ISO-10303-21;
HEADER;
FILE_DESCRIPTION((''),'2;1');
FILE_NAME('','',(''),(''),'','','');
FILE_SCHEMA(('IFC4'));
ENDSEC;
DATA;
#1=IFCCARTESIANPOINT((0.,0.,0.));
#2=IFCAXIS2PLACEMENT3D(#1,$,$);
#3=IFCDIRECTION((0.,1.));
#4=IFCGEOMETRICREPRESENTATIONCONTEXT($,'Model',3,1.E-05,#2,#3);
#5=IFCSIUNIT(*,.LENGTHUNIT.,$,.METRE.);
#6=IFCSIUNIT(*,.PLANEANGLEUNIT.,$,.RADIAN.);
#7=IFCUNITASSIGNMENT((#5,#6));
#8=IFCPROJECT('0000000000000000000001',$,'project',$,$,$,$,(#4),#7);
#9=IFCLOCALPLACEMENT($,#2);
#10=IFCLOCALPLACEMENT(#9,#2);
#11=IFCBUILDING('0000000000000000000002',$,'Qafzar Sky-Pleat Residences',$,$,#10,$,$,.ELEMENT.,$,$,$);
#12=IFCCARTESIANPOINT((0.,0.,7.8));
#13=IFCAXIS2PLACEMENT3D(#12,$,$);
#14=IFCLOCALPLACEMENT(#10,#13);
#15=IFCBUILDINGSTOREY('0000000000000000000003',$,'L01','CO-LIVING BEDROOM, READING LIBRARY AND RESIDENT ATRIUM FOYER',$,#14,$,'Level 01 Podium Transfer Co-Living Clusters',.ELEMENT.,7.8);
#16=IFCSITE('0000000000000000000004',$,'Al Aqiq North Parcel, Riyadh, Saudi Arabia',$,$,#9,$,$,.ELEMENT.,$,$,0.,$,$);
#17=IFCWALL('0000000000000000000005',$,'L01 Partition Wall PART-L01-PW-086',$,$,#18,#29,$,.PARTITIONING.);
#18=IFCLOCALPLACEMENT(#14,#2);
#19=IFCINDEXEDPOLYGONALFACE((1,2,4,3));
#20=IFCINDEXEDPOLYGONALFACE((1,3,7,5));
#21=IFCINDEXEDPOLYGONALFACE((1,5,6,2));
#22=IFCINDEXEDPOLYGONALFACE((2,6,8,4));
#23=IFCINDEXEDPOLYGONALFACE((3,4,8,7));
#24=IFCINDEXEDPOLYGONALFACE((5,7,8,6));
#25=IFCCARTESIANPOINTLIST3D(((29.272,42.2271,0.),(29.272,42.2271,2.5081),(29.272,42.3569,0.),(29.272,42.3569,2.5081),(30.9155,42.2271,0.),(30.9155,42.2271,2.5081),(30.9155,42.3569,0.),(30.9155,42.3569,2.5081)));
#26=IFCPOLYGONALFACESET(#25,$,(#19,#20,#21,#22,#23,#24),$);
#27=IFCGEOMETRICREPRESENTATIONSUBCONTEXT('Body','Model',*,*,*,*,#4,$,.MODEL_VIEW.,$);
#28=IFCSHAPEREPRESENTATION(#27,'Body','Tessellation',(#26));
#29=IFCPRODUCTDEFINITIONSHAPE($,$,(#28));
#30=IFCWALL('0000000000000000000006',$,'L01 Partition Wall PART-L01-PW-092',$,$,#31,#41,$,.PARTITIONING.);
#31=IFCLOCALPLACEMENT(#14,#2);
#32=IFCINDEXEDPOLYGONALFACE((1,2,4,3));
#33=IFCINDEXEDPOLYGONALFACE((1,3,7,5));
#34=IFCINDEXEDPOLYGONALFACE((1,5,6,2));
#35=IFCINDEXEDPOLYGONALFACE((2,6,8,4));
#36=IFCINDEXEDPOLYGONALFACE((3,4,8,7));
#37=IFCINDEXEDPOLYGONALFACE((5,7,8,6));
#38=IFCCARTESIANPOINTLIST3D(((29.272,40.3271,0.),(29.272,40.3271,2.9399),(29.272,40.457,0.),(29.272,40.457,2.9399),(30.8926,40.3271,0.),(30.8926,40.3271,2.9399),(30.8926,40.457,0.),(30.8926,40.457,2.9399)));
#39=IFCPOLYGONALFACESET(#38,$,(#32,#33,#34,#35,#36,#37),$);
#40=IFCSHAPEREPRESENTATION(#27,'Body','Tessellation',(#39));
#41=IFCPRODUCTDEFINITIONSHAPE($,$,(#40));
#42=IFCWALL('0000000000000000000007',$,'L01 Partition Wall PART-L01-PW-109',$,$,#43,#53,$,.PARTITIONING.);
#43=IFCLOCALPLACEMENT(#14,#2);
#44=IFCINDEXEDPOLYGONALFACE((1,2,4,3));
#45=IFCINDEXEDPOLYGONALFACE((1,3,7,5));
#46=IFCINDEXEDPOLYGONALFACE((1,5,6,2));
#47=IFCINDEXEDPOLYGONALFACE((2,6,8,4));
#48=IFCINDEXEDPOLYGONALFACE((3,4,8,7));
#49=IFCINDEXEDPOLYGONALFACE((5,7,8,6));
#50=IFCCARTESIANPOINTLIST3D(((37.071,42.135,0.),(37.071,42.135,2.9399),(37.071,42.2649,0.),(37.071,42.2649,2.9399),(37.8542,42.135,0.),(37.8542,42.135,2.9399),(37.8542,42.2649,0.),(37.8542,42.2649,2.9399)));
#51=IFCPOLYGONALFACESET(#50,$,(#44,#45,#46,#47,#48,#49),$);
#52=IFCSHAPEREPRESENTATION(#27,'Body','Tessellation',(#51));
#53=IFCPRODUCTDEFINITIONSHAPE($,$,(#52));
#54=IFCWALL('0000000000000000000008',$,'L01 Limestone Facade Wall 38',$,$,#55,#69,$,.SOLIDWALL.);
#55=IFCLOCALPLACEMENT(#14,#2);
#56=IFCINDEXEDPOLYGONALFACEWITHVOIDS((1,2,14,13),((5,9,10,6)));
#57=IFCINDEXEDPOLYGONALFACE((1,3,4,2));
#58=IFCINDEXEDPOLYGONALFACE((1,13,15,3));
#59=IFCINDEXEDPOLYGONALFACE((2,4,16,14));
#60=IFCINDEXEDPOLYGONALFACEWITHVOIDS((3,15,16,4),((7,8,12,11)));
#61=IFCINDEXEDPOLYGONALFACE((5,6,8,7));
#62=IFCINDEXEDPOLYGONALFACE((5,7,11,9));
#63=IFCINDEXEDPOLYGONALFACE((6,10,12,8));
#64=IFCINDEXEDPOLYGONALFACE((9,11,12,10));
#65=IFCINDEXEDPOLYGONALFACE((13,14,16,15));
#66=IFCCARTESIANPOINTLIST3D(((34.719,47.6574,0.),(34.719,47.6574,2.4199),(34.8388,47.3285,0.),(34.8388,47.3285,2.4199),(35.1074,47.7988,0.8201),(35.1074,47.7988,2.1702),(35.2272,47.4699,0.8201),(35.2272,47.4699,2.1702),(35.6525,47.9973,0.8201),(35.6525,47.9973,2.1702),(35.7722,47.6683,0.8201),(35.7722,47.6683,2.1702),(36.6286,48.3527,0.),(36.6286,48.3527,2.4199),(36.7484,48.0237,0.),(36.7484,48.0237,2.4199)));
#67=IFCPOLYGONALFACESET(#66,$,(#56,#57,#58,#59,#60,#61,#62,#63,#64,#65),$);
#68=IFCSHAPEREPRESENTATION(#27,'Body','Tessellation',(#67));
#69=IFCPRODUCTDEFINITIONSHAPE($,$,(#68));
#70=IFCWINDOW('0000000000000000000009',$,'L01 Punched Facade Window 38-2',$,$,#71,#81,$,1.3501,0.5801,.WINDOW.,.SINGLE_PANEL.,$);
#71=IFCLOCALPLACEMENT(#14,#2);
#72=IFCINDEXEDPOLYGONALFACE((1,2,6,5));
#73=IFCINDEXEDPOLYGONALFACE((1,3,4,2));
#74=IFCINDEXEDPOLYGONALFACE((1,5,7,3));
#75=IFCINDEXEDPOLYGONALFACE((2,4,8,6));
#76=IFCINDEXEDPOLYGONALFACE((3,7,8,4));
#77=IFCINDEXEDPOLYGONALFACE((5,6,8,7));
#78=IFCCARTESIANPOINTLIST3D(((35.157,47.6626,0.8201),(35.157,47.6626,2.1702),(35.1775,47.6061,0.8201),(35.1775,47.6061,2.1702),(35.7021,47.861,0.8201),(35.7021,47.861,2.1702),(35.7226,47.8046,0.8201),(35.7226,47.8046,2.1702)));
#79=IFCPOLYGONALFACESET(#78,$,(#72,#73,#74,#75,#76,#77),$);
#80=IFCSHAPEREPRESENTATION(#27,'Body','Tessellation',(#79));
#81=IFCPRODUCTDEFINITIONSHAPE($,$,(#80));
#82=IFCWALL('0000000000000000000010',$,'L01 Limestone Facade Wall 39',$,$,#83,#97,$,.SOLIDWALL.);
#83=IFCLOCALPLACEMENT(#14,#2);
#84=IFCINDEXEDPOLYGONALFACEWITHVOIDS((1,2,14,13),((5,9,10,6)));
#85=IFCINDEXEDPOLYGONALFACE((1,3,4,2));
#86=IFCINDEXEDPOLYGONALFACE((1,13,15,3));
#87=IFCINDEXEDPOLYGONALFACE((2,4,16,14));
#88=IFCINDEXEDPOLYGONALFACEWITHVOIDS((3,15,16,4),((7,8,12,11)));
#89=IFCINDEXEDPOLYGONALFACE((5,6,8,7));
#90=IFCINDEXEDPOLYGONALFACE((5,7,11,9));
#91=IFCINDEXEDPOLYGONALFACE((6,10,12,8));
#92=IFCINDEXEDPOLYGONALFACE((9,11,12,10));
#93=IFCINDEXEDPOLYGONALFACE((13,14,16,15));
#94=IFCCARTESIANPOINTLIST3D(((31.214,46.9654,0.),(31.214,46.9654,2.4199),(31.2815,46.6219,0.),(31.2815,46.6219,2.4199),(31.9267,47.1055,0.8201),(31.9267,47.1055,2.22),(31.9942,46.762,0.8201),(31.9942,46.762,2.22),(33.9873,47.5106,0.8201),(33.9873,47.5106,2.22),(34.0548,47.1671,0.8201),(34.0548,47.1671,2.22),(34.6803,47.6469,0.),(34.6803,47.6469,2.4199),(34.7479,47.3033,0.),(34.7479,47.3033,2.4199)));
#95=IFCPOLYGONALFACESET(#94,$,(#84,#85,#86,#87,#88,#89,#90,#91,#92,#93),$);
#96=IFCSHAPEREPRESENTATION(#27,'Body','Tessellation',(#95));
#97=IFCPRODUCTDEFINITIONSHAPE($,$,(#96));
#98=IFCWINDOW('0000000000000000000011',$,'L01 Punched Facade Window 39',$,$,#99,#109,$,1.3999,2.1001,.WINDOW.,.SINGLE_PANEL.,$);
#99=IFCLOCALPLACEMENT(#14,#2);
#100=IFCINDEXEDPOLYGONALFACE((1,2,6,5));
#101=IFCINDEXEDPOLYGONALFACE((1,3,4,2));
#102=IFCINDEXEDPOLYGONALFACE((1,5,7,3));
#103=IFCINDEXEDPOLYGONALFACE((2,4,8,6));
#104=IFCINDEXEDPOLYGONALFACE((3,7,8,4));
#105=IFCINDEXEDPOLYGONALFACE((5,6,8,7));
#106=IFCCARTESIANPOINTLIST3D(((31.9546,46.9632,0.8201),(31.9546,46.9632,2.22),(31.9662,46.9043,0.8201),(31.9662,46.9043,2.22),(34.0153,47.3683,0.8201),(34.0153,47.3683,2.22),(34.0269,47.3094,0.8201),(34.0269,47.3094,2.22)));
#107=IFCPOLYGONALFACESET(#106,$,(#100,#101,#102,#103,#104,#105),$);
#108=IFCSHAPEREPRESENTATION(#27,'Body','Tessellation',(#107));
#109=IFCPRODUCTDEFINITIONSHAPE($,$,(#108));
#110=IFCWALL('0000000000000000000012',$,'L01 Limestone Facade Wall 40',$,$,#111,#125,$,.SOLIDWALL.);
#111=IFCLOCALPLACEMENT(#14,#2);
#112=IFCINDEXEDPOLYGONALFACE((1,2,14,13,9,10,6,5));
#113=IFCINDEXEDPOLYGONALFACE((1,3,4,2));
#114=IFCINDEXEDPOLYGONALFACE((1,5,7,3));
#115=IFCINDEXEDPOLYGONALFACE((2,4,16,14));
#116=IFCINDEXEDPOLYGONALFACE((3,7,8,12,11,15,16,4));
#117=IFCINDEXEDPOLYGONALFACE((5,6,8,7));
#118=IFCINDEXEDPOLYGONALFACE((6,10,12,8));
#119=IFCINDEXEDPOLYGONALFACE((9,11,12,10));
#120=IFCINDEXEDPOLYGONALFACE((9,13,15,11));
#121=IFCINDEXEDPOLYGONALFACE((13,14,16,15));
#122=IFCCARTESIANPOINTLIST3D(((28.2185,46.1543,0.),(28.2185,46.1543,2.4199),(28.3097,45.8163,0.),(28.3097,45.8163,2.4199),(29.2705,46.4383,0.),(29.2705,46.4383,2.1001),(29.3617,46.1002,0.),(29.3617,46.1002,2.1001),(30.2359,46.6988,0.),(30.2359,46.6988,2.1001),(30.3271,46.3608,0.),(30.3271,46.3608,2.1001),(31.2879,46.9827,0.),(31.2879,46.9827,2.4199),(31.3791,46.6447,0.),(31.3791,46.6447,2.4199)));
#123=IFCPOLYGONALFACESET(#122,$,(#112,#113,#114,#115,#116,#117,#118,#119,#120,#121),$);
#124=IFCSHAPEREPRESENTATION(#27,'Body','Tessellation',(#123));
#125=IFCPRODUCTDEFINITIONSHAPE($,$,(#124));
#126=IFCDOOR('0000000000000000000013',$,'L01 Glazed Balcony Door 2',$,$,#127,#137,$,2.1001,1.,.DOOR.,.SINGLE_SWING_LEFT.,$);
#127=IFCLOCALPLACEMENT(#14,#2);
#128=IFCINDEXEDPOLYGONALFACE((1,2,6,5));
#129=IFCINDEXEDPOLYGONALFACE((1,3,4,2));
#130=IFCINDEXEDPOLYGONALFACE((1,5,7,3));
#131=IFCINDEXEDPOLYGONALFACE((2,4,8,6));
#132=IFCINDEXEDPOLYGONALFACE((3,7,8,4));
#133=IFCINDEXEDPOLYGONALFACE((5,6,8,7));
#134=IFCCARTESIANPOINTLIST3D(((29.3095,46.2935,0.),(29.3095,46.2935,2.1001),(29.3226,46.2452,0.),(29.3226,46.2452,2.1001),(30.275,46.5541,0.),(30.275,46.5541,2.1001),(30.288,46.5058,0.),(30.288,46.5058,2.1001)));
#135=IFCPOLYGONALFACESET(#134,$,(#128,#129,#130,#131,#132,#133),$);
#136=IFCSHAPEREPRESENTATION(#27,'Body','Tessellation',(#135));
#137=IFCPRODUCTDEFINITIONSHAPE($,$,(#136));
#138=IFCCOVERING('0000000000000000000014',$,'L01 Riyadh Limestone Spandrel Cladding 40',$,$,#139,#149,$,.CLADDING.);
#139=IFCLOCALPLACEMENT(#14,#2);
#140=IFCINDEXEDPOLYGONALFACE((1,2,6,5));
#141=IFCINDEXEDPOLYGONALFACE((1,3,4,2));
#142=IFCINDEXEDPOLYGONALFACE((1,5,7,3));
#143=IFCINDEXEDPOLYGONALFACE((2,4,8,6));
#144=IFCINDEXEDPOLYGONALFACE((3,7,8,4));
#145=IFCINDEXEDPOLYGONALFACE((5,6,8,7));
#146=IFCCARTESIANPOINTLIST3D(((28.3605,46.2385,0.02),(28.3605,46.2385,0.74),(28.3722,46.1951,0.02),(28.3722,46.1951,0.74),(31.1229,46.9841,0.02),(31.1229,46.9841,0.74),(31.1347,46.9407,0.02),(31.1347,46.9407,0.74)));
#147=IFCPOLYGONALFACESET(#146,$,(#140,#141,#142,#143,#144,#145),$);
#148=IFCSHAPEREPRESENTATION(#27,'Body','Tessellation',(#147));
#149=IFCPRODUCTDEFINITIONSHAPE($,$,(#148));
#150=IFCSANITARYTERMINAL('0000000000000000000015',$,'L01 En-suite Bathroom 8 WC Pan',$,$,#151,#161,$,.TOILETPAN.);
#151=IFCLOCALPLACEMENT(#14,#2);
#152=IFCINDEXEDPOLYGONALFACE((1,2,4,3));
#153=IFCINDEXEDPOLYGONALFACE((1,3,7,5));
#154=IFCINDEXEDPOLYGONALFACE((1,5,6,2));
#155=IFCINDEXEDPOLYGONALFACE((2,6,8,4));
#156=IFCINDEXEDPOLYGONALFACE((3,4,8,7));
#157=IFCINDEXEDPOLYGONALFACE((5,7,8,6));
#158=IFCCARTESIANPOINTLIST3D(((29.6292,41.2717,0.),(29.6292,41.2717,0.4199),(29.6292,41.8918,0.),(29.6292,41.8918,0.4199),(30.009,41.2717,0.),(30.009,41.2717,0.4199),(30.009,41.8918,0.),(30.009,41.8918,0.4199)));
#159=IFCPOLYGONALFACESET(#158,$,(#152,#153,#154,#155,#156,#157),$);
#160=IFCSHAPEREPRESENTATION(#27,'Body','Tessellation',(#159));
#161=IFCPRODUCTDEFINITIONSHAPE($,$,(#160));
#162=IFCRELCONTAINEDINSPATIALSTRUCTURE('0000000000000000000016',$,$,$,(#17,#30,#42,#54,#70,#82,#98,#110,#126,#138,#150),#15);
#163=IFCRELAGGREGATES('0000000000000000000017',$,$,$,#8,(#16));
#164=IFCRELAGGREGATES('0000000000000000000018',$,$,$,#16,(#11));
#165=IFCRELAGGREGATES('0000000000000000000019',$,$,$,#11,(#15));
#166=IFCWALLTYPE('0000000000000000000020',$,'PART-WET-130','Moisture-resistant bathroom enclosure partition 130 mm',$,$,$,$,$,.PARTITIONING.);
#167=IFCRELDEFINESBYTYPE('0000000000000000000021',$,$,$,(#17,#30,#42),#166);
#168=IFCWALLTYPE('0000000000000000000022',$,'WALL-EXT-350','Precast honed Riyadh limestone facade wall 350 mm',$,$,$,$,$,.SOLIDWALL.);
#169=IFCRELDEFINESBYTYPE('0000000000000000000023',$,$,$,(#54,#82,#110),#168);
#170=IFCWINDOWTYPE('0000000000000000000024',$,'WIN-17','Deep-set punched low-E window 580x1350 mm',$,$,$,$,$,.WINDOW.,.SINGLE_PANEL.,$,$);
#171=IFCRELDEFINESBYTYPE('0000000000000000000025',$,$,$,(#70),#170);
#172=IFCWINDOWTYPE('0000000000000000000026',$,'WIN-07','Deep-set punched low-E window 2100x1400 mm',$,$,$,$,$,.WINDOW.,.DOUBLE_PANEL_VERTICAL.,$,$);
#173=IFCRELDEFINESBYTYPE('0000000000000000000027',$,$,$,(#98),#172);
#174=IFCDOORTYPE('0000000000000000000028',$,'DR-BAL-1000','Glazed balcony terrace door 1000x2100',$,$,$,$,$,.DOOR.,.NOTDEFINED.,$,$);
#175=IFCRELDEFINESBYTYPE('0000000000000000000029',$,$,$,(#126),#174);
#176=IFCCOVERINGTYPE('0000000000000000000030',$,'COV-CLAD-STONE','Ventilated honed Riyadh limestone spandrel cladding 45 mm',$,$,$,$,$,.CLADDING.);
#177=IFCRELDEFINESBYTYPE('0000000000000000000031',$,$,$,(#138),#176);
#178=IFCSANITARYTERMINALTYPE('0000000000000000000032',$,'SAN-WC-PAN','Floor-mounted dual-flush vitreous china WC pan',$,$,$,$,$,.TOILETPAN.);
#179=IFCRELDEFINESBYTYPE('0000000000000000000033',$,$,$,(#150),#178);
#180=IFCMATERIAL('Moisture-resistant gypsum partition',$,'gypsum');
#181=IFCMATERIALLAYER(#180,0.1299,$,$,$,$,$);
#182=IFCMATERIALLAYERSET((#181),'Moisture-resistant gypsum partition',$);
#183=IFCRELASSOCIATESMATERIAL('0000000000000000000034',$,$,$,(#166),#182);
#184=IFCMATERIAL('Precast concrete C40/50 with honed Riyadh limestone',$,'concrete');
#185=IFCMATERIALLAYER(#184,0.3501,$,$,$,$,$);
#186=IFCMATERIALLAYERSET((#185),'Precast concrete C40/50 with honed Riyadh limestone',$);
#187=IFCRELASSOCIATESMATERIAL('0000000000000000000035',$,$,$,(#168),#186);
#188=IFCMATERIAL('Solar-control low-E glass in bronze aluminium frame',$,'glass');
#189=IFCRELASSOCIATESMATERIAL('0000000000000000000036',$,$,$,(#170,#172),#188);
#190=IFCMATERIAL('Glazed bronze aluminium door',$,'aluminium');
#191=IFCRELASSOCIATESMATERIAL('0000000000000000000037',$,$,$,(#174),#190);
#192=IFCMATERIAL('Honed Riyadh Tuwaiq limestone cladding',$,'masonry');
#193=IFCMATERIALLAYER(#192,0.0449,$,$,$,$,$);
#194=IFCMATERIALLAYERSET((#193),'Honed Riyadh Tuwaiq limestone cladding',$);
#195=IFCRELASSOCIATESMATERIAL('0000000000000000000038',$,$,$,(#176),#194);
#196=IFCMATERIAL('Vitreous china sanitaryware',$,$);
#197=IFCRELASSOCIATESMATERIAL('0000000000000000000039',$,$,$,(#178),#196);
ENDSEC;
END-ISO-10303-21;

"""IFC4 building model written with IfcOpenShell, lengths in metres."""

from ifc_helpers import new_model, si_unit, direction, frame, frame_2d, origin, origin_2d, place, context, subcontext, project, spatial, rectangle, extrude, source, transform, mapped, material, layer, layer_set, type_object, element, fill, save


model = new_model("IFC4")

# Units and contexts
model_context = context("Model", 3, precision=1e-05, world=origin(), true_north=direction((0.0, 1.0)))
body_context = subcontext(model_context, "Body", "Model", "MODEL_VIEW")
ifc_project = project(units=[si_unit("LENGTHUNIT", "METRE"), si_unit("PLANEANGLEUNIT", "RADIAN")], contexts=[model_context])

# Site, building, storey
site_placement = place(None, origin())
site = spatial("IfcSite", under=ifc_project, at=site_placement, Name="Al Aqiq North Parcel, Riyadh, Saudi Arabia", CompositionType="ELEMENT", RefElevation=0.0)
building_placement = place(site_placement, origin())
building = spatial("IfcBuilding", under=site, at=building_placement, Name="Qafzar Sky-Pleat Residences", CompositionType="ELEMENT")
storey_placement = place(building_placement, frame((0.0, 0.0, 7.8)))
storey = spatial("IfcBuildingStorey", under=building, at=storey_placement, Name="L01", Description="CO-LIVING BEDROOM, READING LIBRARY AND RESIDENT ATRIUM FOYER", LongName="Level 01 Podium Transfer Co-Living Clusters", CompositionType="ELEMENT", Elevation=7.8)

# Shared definitions
ifc_material_1 = material(Name="Moisture-resistant gypsum partition", Category="gypsum")
ifc_layer_1 = layer(ifc_material_1, 0.1299)
ifc_layer_set_1 = layer_set([ifc_layer_1], Name="Moisture-resistant gypsum partition")
wall_type_1 = type_object("IfcWallType", Name="PART-WET-130", Description="Moisture-resistant bathroom enclosure partition 130 mm", PredefinedType="PARTITIONING", material=ifc_layer_set_1)

# Walls
wall_1_placement = place(storey_placement, frame((29.272, 42.292, 0.0), z_axis=(0.0, 0.0, 1.0), x_axis=(1.0, 0.0, 0.0)))
element("IfcWall", 1, at=wall_1_placement, inside=storey, type_object=wall_type_1, Name="L01 Partition Wall PART-L01-PW-086", PredefinedType="PARTITIONING", context=body_context, shape_type="SweptSolid", body=[
    extrude(rectangle(XDim=1.6436, YDim=0.1299, at=frame_2d((0.8218, 0.0))), origin(), (0.0, 0.0, 1.0), 2.5081),
])
wall_2_placement = place(storey_placement, frame((29.272, 40.3921, 0.0), z_axis=(0.0, 0.0, 1.0), x_axis=(1.0, 0.0, 0.0)))
element("IfcWall", 2, at=wall_2_placement, inside=storey, type_object=wall_type_1, Name="L01 Partition Wall PART-L01-PW-092", PredefinedType="PARTITIONING", context=body_context, shape_type="SweptSolid", body=[
    extrude(rectangle(XDim=1.6206, YDim=0.1299, at=frame_2d((0.8103, 0.0))), origin(), (0.0, 0.0, 1.0), 2.9399),
])
wall_3_placement = place(storey_placement, frame((37.071, 42.2, 0.0), z_axis=(0.0, 0.0, 1.0), x_axis=(1.0, 0.0, 0.0)))
element("IfcWall", 3, at=wall_3_placement, inside=storey, type_object=wall_type_1, Name="L01 Partition Wall PART-L01-PW-109", PredefinedType="PARTITIONING", context=body_context, shape_type="SweptSolid", body=[
    extrude(rectangle(XDim=0.7832, YDim=0.1299, at=frame_2d((0.3916, 0.0))), origin(), (0.0, 0.0, 1.0), 2.9399),
])

# Walls, openings, windows
ifc_material_2 = material(Name="Precast concrete C40/50 with honed Riyadh limestone", Category="concrete")
ifc_layer_2 = layer(ifc_material_2, 0.3501)
ifc_layer_set_2 = layer_set([ifc_layer_2], Name="Precast concrete C40/50 with honed Riyadh limestone")
wall_type_2 = type_object("IfcWallType", Name="WALL-EXT-350", Description="Precast honed Riyadh limestone facade wall 350 mm", PredefinedType="SOLIDWALL", material=ifc_layer_set_2)
wall_4_placement = place(storey_placement, frame((36.6885, 48.1882, 0.0), z_axis=(0.0, 0.0, 1.0), x_axis=(-0.939653, -0.342129, 0.0)))
wall_4 = element("IfcWall", 4, at=wall_4_placement, inside=storey, type_object=wall_type_2, Name="L01 Limestone Facade Wall 38", PredefinedType="SOLIDWALL", context=body_context, shape_type="SweptSolid", body=[
    extrude(rectangle(XDim=2.0322, YDim=0.3501, at=frame_2d((1.0161, 0.0))), origin(), (0.0, 0.0, 1.0), 2.4199),
])
opening_1_placement = place(wall_4_placement, frame((1.0388, 0.0, 0.8201)))
opening_1 = element("IfcOpeningElement", 5, at=opening_1_placement, cuts=wall_4, PredefinedType="OPENING", context=body_context, shape_type="SweptSolid", body=[
    extrude(rectangle(XDim=0.5801, YDim=1.3501, at=frame_2d((0.29, 0.675))), frame((0.0, 0.1851, 0.0), z_axis=(0.0, -1.0, 0.0), x_axis=(1.0, 0.0, 0.0)), (0.0, 0.0, 1.0), 0.3701),
])
ifc_material_3 = material(Name="Solar-control low-E glass in bronze aluminium frame", Category="glass")
window_type_1 = type_object("IfcWindowType", Name="WIN-17", Description="Deep-set punched low-E window 580x1350 mm", PartitioningType="SINGLE_PANEL", PredefinedType="WINDOW", material=ifc_material_3)
shared_shape_1 = source(origin(), body_context, "Body", "SweptSolid", [
    extrude(rectangle(XDim=0.5801, YDim=1.3501, at=frame_2d((0.29, 0.675))), frame((0.0, 0.03, 0.0), z_axis=(0.0, -1.0, 0.0), x_axis=(1.0, 0.0, 0.0)), (0.0, 0.0, 1.0), 0.0601),
])
window_1_placement = place(opening_1_placement, origin())
window_1 = element("IfcWindow", 6, at=window_1_placement, inside=storey, type_object=window_type_1, Name="L01 Punched Facade Window 38-2", OverallHeight=1.3501, OverallWidth=0.5801, PartitioningType="SINGLE_PANEL", PredefinedType="WINDOW", context=body_context, shape_type="MappedRepresentation", body=[
    mapped(shared_shape_1, transform((0.0, 0.0, 0.0), x_axis=(1.0, 0.0, 0.0), y_axis=(0.0, 1.0, 0.0), z_axis=(0.0, 0.0, 1.0), scale=1.0)),
])
fill(opening_1, window_1)
wall_5_placement = place(storey_placement, frame((34.7141, 47.4751, 0.0), z_axis=(0.0, 0.0, 1.0), x_axis=(-0.981221, -0.192886, 0.0)))
wall_5 = element("IfcWall", 7, at=wall_5_placement, inside=storey, type_object=wall_type_2, Name="L01 Limestone Facade Wall 39", PredefinedType="SOLIDWALL", context=body_context, shape_type="SweptSolid", body=[
    extrude(rectangle(XDim=3.5327, YDim=0.3501, at=frame_2d((1.7664, 0.0))), origin(), (0.0, 0.0, 1.0), 2.4199),
])
opening_2_placement = place(wall_5_placement, frame((0.7063, 0.0, 0.8201)))
opening_2 = element("IfcOpeningElement", 8, at=opening_2_placement, cuts=wall_5, PredefinedType="OPENING", context=body_context, shape_type="SweptSolid", body=[
    extrude(rectangle(XDim=2.1001, YDim=1.3999, at=frame_2d((1.05, 0.7))), frame((0.0, 0.1851, 0.0), z_axis=(0.0, -1.0, 0.0), x_axis=(1.0, 0.0, 0.0)), (0.0, 0.0, 1.0), 0.3701),
])
window_type_2 = type_object("IfcWindowType", Name="WIN-07", Description="Deep-set punched low-E window 2100x1400 mm", PartitioningType="DOUBLE_PANEL_VERTICAL", PredefinedType="WINDOW", material=ifc_material_3)
shared_shape_2 = source(origin(), body_context, "Body", "SweptSolid", [
    extrude(rectangle(XDim=2.1001, YDim=1.3999, at=frame_2d((1.05, 0.7))), frame((0.0, 0.03, 0.0), z_axis=(0.0, -1.0, 0.0), x_axis=(1.0, 0.0, 0.0)), (0.0, 0.0, 1.0), 0.0601),
])
window_2_placement = place(opening_2_placement, origin())
window_2 = element("IfcWindow", 9, at=window_2_placement, inside=storey, type_object=window_type_2, Name="L01 Punched Facade Window 39", OverallHeight=1.3999, OverallWidth=2.1001, PartitioningType="SINGLE_PANEL", PredefinedType="WINDOW", context=body_context, shape_type="MappedRepresentation", body=[
    mapped(shared_shape_2, transform((0.0, 0.0, 0.0), x_axis=(1.0, 0.0, 0.0), y_axis=(0.0, 1.0, 0.0), z_axis=(0.0, 0.0, 1.0), scale=1.0)),
])
fill(opening_2, window_2)

# Wall, opening, door
wall_6_placement = place(storey_placement, frame((31.3335, 46.8137, 0.0), z_axis=(0.0, 0.0, 1.0), x_axis=(-0.965457, -0.260563, 0.0)))
wall_6 = element("IfcWall", 10, at=wall_6_placement, inside=storey, type_object=wall_type_2, Name="L01 Limestone Facade Wall 40", PredefinedType="SOLIDWALL", context=body_context, shape_type="SweptSolid", body=[
    extrude(rectangle(XDim=3.1792, YDim=0.3501, at=frame_2d((1.5896, 0.0))), origin(), (0.0, 0.0, 1.0), 2.4199),
])
opening_3_placement = place(wall_6_placement, frame((1.0896, 0.0, 0.0)))
opening_3 = element("IfcOpeningElement", 11, at=opening_3_placement, cuts=wall_6, PredefinedType="OPENING", context=body_context, shape_type="SweptSolid", body=[
    extrude(rectangle(XDim=1.0, YDim=2.1001, at=frame_2d((0.5, 1.05))), frame((0.0, 0.1851, 0.0), z_axis=(0.0, -1.0, 0.0), x_axis=(1.0, 0.0, 0.0)), (0.0, 0.0, 1.0), 0.3701),
])
ifc_material_4 = material(Name="Glazed bronze aluminium door", Category="aluminium")
door_type_1 = type_object("IfcDoorType", Name="DR-BAL-1000", Description="Glazed balcony terrace door 1000x2100", OperationType="NOTDEFINED", PredefinedType="DOOR", material=ifc_material_4)
shared_shape_3 = source(origin(), body_context, "Body", "SweptSolid", [
    extrude(rectangle(XDim=1.0, YDim=2.1001, at=frame_2d((0.5, 1.05))), frame((0.0, 0.0249, 0.0), z_axis=(0.0, -1.0, 0.0), x_axis=(1.0, 0.0, 0.0)), (0.0, 0.0, 1.0), 0.05),
])
door_1_placement = place(opening_3_placement, origin())
door_1 = element("IfcDoor", 12, at=door_1_placement, inside=storey, type_object=door_type_1, Name="L01 Glazed Balcony Door 2", OperationType="SINGLE_SWING_LEFT", OverallHeight=2.1001, OverallWidth=1.0, PredefinedType="DOOR", context=body_context, shape_type="MappedRepresentation", body=[
    mapped(shared_shape_3, transform((0.0, 0.0, 0.0), x_axis=(1.0, 0.0, 0.0), y_axis=(0.0, 1.0, 0.0), z_axis=(0.0, 0.0, 1.0), scale=1.0)),
])
fill(opening_3, door_1)

# Covering
ifc_material_5 = material(Name="Honed Riyadh Tuwaiq limestone cladding", Category="masonry")
ifc_layer_3 = layer(ifc_material_5, 0.0449)
ifc_layer_set_3 = layer_set([ifc_layer_3], Name="Honed Riyadh Tuwaiq limestone cladding")
covering_type = type_object("IfcCoveringType", Name="COV-CLAD-STONE", Description="Ventilated honed Riyadh limestone spandrel cladding 45 mm", PredefinedType="CLADDING", material=ifc_layer_set_3)
shared_shape_4 = source(origin(), body_context, "Body", "SweptSolid", [
    extrude(rectangle(XDim=2.8613, YDim=0.0449, at=origin_2d()), origin(), (0.0, 0.0, 1.0), 0.72),
])
covering_placement = place(storey_placement, frame((29.7476, 46.5896, 0.02), z_axis=(0.0, 0.0, 1.0), x_axis=(-0.965456, -0.260567, 0.0)))
element("IfcCovering", 13, at=covering_placement, inside=storey, type_object=covering_type, Name="L01 Riyadh Limestone Spandrel Cladding 40", PredefinedType="CLADDING", context=body_context, shape_type="MappedRepresentation", body=[
    mapped(shared_shape_4, transform((0.0, 0.0, 0.0), x_axis=(1.0, 0.0, 0.0), y_axis=(0.0, 1.0, 0.0), z_axis=(0.0, 0.0, 1.0), scale=1.0)),
])

# Sanitary terminal
ifc_material_6 = material(Name="Vitreous china sanitaryware")
sanitary_terminal_type_1 = type_object("IfcSanitaryTerminalType", Name="SAN-WC-PAN", Description="Floor-mounted dual-flush vitreous china WC pan", PredefinedType="TOILETPAN", material=ifc_material_6)
shared_shape_5 = source(origin(), body_context, "Body", "SweptSolid", [
    extrude(rectangle(XDim=0.3799, YDim=0.6201, at=origin_2d()), origin(), (0.0, 0.0, 1.0), 0.4199),
])
sanitary_terminal_1_placement = place(storey_placement, frame((29.8191, 41.5818, 0.0), z_axis=(0.0, 0.0, 1.0), x_axis=(1.0, 0.0, 0.0)))
element("IfcSanitaryTerminal", 14, at=sanitary_terminal_1_placement, inside=storey, type_object=sanitary_terminal_type_1, Name="L01 En-suite Bathroom 8 WC Pan", PredefinedType="TOILETPAN", context=body_context, shape_type="MappedRepresentation", body=[
    mapped(shared_shape_5, transform((0.0, 0.0, 0.0), x_axis=(1.0, 0.0, 0.0), y_axis=(0.0, 1.0, 0.0), z_axis=(0.0, 0.0, 1.0), scale=1.0)),
])

save(model, "model.ifc")
